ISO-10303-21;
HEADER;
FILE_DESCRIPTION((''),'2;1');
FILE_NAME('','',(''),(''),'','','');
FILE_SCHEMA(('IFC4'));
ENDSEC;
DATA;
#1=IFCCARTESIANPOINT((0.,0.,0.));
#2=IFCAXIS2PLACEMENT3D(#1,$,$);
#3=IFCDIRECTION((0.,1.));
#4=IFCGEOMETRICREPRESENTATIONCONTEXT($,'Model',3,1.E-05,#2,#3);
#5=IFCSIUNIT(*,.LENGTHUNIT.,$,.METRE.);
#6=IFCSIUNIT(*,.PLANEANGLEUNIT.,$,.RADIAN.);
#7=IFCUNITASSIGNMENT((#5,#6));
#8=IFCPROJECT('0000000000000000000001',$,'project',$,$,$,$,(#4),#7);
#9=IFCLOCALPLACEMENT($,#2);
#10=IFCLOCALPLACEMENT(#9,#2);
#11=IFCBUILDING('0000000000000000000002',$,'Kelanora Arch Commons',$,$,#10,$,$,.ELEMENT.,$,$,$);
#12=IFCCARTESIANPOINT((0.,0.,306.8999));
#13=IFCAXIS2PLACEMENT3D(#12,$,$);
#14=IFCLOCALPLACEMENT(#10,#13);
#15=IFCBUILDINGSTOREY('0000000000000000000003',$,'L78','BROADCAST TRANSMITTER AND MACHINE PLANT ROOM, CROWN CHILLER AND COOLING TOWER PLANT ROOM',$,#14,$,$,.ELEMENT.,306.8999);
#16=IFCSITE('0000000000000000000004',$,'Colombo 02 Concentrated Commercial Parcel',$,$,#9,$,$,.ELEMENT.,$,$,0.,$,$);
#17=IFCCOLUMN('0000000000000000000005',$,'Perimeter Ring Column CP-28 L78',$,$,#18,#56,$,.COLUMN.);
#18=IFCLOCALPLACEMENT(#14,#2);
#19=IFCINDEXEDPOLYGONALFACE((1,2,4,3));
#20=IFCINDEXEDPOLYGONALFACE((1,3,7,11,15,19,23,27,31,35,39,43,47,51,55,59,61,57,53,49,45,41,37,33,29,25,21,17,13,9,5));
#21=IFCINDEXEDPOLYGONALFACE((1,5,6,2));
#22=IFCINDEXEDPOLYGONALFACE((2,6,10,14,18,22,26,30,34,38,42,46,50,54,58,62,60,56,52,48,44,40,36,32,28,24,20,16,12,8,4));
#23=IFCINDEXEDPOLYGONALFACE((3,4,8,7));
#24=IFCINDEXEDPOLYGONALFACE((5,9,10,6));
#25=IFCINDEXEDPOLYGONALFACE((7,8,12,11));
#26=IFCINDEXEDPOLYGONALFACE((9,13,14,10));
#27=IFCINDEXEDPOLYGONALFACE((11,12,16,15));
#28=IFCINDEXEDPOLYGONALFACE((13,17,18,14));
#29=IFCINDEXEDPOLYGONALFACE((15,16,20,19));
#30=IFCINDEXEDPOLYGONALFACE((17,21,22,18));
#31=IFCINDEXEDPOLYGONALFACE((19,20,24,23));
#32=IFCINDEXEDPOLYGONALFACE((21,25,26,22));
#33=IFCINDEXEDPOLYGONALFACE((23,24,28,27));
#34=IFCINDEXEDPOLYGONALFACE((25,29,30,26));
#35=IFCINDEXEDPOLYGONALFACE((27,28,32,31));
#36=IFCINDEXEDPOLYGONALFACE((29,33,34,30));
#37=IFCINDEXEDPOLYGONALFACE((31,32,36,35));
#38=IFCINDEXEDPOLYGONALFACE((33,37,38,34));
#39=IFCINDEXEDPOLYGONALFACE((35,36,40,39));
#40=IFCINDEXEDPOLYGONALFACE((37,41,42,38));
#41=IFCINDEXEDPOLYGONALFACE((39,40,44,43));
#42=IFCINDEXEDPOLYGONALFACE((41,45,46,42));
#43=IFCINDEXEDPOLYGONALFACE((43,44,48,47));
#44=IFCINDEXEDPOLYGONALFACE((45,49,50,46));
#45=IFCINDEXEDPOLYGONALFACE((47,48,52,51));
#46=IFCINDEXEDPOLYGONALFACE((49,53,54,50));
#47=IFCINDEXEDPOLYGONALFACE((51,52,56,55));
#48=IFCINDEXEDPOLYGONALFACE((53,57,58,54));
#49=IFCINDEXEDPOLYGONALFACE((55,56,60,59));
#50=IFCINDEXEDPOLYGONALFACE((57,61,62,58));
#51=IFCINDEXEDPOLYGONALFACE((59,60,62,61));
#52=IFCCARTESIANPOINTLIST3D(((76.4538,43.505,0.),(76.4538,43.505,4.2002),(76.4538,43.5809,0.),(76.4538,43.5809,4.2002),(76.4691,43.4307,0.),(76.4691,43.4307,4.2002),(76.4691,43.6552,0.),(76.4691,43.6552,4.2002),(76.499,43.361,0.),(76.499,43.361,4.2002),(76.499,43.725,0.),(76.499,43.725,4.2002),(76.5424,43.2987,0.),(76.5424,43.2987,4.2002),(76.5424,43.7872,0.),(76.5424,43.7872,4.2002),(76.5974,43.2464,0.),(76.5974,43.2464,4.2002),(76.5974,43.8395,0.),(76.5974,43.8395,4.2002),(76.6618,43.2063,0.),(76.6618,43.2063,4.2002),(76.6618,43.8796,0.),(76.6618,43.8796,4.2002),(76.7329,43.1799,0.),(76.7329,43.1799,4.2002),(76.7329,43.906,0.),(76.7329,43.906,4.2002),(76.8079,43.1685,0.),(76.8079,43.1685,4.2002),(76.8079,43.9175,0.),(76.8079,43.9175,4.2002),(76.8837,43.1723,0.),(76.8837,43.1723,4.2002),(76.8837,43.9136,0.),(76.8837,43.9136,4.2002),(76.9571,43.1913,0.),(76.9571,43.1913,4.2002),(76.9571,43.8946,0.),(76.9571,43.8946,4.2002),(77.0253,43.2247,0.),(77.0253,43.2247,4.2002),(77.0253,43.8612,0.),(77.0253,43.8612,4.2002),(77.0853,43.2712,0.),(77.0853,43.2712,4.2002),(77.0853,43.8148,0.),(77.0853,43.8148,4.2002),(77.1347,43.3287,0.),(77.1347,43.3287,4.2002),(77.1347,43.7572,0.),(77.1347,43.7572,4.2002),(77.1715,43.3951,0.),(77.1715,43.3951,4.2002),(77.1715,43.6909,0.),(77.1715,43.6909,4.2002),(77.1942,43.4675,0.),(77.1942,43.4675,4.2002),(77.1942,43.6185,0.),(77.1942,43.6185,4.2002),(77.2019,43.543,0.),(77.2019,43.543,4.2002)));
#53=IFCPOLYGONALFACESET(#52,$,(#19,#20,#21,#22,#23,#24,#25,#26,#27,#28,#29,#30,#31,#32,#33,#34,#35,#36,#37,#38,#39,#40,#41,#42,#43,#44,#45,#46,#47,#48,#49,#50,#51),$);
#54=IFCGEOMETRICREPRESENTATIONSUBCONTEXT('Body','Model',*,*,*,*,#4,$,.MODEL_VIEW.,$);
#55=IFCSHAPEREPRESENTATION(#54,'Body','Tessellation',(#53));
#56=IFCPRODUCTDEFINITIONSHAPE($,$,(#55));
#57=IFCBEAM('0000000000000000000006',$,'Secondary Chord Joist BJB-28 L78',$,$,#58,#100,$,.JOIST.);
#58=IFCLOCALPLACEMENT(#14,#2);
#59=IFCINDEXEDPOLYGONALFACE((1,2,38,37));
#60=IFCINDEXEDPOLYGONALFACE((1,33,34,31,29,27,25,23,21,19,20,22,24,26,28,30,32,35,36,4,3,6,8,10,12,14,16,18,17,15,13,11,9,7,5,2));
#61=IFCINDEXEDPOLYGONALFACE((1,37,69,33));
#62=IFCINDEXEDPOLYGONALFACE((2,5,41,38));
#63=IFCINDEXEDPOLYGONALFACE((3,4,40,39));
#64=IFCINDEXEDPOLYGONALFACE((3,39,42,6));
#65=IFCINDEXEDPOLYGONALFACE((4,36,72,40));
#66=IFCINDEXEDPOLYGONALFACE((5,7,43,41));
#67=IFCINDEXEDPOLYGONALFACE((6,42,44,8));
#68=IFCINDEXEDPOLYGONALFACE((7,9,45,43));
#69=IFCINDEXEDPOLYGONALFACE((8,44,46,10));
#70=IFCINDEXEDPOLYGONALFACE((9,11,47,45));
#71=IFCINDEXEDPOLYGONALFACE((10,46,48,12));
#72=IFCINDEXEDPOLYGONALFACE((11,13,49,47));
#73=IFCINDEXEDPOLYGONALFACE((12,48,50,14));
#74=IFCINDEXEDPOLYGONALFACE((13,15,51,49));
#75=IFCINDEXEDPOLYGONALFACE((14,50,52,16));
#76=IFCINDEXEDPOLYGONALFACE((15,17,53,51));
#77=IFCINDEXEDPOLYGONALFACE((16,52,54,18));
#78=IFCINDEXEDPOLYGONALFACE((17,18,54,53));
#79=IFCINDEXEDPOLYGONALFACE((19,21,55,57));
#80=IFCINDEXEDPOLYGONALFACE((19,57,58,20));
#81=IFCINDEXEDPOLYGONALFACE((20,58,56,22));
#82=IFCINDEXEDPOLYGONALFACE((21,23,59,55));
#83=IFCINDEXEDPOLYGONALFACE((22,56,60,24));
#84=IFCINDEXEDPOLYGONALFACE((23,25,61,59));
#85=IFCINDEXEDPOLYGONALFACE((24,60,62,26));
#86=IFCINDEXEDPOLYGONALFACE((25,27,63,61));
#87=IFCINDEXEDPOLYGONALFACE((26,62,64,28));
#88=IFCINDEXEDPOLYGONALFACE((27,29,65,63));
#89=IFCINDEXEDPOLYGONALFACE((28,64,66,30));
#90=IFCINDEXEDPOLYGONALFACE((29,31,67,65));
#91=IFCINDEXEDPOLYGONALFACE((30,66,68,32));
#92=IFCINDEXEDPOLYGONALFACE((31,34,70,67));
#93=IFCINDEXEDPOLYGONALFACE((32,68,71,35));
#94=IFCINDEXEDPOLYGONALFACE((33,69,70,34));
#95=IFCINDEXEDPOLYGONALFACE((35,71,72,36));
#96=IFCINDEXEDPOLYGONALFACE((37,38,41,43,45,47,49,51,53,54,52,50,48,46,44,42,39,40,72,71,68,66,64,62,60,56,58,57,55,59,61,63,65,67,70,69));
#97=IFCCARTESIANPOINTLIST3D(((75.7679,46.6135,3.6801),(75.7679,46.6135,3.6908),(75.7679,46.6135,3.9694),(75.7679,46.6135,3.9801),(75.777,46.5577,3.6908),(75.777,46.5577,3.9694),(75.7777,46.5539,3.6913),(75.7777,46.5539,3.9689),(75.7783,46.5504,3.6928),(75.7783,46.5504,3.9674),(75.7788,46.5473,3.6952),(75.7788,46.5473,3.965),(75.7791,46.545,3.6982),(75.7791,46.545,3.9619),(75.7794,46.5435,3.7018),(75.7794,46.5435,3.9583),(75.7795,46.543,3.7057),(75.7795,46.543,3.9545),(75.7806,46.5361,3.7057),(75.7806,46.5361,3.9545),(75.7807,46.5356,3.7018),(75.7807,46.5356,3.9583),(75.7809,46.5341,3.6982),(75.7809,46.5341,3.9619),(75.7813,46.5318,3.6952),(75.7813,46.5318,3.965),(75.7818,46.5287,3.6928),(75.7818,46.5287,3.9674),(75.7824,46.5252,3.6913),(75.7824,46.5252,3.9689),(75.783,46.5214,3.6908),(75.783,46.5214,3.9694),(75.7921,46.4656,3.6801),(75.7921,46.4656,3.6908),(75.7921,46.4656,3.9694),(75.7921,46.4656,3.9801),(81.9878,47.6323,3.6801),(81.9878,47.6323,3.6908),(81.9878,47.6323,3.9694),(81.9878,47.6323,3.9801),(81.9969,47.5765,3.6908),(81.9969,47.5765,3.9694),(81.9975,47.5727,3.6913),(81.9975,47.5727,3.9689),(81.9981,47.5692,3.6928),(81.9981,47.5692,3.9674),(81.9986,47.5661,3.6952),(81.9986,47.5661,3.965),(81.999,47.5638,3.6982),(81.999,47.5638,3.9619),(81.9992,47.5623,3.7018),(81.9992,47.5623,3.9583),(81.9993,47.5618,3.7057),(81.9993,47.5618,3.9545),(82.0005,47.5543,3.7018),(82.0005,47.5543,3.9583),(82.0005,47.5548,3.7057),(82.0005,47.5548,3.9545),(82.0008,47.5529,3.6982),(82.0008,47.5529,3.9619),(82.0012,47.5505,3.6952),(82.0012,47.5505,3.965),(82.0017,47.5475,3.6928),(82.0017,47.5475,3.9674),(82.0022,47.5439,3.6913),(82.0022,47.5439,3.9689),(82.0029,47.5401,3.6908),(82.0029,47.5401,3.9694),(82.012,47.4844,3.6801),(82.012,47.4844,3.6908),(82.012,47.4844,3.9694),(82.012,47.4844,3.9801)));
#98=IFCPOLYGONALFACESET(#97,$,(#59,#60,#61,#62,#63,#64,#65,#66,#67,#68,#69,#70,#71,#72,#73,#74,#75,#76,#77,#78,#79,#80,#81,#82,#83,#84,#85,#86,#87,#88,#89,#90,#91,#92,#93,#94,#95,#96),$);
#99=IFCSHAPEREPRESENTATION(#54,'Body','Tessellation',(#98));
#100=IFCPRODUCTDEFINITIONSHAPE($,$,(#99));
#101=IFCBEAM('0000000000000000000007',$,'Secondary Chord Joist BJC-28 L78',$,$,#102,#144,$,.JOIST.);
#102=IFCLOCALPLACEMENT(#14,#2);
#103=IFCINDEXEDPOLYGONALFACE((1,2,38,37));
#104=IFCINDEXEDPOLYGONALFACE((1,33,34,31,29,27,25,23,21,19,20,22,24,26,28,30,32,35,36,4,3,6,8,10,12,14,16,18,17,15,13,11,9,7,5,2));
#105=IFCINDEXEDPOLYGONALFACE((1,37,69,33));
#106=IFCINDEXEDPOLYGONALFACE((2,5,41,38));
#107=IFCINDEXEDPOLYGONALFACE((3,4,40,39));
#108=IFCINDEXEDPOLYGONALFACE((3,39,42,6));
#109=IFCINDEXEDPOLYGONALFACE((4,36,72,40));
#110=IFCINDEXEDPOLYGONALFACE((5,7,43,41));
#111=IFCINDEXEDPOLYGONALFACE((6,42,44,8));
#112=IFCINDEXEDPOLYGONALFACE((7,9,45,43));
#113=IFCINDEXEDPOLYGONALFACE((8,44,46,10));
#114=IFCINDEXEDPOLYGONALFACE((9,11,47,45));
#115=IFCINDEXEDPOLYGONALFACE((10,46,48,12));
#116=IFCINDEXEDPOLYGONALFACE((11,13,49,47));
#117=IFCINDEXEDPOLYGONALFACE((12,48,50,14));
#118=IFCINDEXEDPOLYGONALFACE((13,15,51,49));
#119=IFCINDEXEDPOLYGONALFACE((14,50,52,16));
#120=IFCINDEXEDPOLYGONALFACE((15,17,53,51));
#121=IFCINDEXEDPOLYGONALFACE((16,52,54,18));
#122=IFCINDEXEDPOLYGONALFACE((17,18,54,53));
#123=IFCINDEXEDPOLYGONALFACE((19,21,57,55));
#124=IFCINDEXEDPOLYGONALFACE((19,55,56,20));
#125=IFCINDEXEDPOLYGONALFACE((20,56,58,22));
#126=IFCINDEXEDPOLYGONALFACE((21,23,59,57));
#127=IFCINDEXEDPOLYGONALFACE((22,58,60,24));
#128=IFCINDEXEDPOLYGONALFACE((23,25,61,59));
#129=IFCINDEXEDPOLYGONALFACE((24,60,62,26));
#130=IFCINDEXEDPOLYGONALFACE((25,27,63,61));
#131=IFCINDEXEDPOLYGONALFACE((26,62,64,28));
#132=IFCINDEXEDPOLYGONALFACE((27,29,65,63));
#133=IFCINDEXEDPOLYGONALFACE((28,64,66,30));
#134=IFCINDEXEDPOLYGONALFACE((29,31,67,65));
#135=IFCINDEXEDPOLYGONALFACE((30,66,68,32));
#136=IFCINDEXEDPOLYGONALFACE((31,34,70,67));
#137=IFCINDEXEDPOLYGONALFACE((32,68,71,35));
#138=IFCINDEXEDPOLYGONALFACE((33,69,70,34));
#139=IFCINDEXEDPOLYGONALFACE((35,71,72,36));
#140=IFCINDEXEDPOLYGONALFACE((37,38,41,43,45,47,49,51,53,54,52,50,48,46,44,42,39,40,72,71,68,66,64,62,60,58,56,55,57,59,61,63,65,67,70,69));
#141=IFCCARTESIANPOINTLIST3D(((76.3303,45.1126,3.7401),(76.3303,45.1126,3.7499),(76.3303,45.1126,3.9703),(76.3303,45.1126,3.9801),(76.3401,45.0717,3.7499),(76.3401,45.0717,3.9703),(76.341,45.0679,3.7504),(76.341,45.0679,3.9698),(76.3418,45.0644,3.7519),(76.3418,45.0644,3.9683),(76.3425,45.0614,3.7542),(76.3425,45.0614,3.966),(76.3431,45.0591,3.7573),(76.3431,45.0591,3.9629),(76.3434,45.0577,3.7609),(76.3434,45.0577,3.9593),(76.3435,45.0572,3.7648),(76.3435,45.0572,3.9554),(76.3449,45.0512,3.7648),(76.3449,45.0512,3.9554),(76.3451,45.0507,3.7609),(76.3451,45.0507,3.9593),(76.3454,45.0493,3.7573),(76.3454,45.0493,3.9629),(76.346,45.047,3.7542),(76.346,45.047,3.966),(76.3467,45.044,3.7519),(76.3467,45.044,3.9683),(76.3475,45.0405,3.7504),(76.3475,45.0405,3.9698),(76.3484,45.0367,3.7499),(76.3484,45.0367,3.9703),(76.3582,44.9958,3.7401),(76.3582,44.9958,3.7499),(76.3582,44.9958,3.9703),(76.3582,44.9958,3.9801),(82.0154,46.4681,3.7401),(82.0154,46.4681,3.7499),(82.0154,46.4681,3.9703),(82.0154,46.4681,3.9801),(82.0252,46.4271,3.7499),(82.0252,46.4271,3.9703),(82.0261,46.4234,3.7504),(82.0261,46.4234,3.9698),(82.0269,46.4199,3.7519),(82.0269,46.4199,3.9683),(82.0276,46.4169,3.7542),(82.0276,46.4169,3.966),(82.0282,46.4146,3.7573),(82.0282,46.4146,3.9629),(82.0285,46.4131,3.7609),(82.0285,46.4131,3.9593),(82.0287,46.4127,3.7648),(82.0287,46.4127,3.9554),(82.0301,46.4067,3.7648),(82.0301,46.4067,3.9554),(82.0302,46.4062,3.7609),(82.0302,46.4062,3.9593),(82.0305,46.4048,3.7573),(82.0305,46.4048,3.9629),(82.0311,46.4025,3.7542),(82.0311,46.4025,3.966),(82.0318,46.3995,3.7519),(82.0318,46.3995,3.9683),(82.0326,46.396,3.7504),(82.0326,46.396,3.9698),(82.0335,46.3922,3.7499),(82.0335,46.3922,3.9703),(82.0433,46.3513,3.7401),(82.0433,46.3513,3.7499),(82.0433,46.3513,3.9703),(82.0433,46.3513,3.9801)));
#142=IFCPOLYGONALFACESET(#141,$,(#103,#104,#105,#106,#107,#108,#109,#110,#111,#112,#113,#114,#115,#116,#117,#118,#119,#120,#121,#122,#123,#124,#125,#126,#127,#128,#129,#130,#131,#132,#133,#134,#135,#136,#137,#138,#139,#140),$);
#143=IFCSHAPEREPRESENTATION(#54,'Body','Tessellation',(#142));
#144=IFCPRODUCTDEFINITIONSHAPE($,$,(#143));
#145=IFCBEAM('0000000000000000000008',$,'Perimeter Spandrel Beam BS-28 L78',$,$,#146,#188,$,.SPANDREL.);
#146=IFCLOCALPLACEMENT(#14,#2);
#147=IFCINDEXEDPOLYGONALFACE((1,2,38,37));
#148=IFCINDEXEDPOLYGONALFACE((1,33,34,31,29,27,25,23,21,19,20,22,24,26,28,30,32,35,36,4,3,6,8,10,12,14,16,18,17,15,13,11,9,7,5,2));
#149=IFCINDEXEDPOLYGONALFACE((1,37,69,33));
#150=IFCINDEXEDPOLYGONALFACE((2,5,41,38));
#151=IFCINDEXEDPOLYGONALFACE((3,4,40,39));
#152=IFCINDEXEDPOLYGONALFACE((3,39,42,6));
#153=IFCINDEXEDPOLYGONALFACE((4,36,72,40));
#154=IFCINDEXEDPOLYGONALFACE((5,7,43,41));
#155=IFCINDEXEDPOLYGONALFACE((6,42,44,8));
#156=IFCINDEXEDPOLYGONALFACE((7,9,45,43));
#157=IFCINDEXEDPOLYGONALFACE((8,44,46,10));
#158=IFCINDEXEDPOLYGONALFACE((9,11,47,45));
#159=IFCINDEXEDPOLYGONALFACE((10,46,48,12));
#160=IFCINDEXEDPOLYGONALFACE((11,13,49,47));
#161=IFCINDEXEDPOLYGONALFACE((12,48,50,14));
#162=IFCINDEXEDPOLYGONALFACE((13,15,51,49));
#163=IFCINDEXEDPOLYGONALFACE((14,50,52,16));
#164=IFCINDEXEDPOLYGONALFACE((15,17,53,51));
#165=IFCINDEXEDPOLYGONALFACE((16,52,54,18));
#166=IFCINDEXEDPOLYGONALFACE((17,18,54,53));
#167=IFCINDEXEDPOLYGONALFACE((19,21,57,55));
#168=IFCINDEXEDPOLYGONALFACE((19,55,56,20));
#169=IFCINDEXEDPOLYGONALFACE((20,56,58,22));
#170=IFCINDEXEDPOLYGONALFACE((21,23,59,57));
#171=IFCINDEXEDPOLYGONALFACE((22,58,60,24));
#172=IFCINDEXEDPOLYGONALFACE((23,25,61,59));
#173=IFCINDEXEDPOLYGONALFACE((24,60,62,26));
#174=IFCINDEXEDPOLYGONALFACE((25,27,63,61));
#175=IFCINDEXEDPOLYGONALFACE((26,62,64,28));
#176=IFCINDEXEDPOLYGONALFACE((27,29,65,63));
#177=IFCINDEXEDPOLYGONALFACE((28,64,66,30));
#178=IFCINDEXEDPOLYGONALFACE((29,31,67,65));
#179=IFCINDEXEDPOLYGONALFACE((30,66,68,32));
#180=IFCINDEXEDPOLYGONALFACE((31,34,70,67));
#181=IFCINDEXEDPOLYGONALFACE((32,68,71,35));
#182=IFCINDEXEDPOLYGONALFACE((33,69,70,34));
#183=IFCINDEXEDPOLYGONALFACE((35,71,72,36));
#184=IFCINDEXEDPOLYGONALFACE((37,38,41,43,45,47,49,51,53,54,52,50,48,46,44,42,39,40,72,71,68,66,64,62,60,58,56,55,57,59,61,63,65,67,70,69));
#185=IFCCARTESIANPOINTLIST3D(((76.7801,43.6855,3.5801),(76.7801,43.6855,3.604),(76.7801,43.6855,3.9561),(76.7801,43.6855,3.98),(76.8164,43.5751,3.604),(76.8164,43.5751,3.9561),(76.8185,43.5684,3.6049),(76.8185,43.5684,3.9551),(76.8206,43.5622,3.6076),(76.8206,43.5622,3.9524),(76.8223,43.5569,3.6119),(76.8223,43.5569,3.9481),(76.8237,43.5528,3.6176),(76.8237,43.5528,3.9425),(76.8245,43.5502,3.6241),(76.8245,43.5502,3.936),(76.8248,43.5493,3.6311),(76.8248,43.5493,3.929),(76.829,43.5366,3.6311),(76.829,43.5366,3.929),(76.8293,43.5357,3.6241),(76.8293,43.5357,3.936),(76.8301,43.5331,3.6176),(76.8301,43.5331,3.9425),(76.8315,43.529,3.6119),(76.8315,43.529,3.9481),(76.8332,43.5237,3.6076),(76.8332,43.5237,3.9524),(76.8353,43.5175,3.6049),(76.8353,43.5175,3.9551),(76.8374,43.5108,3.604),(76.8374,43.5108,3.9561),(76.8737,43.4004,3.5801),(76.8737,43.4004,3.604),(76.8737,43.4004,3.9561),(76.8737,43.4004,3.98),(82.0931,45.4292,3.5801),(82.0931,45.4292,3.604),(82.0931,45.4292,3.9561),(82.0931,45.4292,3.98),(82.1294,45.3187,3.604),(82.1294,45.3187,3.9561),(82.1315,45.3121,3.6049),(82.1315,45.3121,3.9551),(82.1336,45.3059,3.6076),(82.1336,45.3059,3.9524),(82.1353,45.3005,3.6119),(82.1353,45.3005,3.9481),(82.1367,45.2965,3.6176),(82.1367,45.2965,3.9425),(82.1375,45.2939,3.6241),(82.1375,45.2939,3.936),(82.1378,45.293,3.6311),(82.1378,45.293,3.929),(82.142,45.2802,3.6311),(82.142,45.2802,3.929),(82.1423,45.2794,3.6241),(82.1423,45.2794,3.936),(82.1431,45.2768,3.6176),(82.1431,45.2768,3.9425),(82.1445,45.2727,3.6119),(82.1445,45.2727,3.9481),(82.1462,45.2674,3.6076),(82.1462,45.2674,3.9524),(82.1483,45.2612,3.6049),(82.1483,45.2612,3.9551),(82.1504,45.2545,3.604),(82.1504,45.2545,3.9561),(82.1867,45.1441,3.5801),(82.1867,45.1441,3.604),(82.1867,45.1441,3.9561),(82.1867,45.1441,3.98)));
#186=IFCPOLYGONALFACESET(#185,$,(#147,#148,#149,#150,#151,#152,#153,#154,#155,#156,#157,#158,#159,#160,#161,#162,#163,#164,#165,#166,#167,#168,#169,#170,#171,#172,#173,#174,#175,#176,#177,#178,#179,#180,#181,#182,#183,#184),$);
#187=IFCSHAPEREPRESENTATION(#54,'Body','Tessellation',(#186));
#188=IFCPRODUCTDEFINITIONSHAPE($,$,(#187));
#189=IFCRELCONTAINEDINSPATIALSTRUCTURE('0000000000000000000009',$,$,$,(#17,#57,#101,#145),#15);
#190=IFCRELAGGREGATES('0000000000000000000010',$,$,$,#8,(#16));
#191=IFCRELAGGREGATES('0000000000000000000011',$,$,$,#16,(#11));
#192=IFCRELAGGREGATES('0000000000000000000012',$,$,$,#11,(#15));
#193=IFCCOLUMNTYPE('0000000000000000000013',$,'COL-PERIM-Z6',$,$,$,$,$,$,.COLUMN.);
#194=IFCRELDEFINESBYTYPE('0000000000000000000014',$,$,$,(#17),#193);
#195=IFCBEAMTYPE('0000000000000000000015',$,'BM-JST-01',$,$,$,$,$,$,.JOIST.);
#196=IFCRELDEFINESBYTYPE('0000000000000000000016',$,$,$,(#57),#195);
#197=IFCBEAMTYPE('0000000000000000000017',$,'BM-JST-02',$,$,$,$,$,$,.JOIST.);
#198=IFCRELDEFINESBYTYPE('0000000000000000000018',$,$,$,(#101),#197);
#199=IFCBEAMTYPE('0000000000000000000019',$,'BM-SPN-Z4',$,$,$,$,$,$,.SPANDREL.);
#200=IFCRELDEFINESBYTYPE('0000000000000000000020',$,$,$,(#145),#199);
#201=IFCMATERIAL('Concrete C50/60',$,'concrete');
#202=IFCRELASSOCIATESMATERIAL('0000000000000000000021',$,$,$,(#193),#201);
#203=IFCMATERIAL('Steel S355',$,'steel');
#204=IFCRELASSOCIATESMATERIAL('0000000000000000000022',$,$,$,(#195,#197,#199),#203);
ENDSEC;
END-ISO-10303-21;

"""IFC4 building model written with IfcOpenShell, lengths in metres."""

from ifc_helpers import new_model, si_unit, direction, frame, origin, origin_2d, place, context, subcontext, project, spatial, circle, i_section, extrude, material, material_profile, profile_set, type_object, element, save


model = new_model("IFC4")

# Units and contexts
model_context = context("Model", 3, precision=1e-05, world=origin(), true_north=direction((0.0, 1.0)))
body_context = subcontext(model_context, "Body", "Model", "MODEL_VIEW")
ifc_project = project(units=[si_unit("LENGTHUNIT", "METRE"), si_unit("PLANEANGLEUNIT", "RADIAN")], contexts=[model_context])

# Site, building, storey
site_placement = place(None, origin())
site = spatial("IfcSite", under=ifc_project, at=site_placement, Name="Colombo 02 Concentrated Commercial Parcel", CompositionType="ELEMENT", RefElevation=0.0)
building_placement = place(site_placement, origin())
building = spatial("IfcBuilding", under=site, at=building_placement, Name="Kelanora Arch Commons", CompositionType="ELEMENT")
storey_placement = place(building_placement, frame((0.0, 0.0, 306.8999)))
storey = spatial("IfcBuildingStorey", under=building, at=storey_placement, Name="L78", Description="BROADCAST TRANSMITTER AND MACHINE PLANT ROOM, CROWN CHILLER AND COOLING TOWER PLANT ROOM", CompositionType="ELEMENT", Elevation=306.8999)

# Column
ifc_material_1 = material(Name="Concrete C50/60", Category="concrete")
ifc_material_profile_1 = material_profile(ifc_material_1, circle(Radius=0.375, at=origin_2d()), Name="RCC750")
ifc_profile_set_1 = profile_set([ifc_material_profile_1], Name="Concrete C50/60")
column_type = type_object("IfcColumnType", Name="COL-PERIM-Z6", PredefinedType="COLUMN", material=ifc_profile_set_1)
column_placement = place(storey_placement, frame((76.8269, 43.543, 0.0), z_axis=(0.0, 0.0, 1.0), x_axis=(1.0, 0.0, 0.0)))
element("IfcColumn", 1, at=column_placement, inside=storey, type_object=column_type, Name="Perimeter Ring Column CP-28 L78", PredefinedType="COLUMN", context=body_context, shape_type="SweptSolid", body=[
    extrude(circle(Radius=0.375, at=origin_2d()), origin(), (0.0, 0.0, 1.0), 4.2002),
])

# Beams
ifc_material_2 = material(Name="Steel S355", Category="steel")
ifc_material_profile_2 = material_profile(ifc_material_2, i_section(OverallWidth=0.1499, OverallDepth=0.3, WebThickness=0.0071, FlangeThickness=0.0107, FilletRadius=0.0149, at=origin_2d()), Name="IPE300")
ifc_profile_set_2 = profile_set([ifc_material_profile_2], Name="Steel S355")
beam_type_1 = type_object("IfcBeamType", Name="BM-JST-01", PredefinedType="JOIST", material=ifc_profile_set_2)
beam_1_placement = place(storey_placement, frame((75.78, 46.5396, 3.8301), z_axis=(0.98685, 0.161641, 0.0), x_axis=(-0.161641, 0.98685, 0.0)))
element("IfcBeam", 2, at=beam_1_placement, inside=storey, type_object=beam_type_1, Name="Secondary Chord Joist BJB-28 L78", PredefinedType="JOIST", context=body_context, shape_type="SweptSolid", body=[
    extrude(i_section(OverallWidth=0.1499, OverallDepth=0.3, WebThickness=0.0071, FlangeThickness=0.0107, FilletRadius=0.0149, at=origin_2d()), origin(), (0.0, 0.0, 1.0), 6.3027),
])
ifc_material_profile_3 = material_profile(ifc_material_2, i_section(OverallWidth=0.1201, OverallDepth=0.24, WebThickness=0.0061, FlangeThickness=0.0098, FilletRadius=0.0149, at=origin_2d()), Name="IPE240")
ifc_profile_set_3 = profile_set([ifc_material_profile_3], Name="Steel S355")
beam_type_2 = type_object("IfcBeamType", Name="BM-JST-02", PredefinedType="JOIST", material=ifc_profile_set_3)
beam_2_placement = place(storey_placement, frame((76.3442, 45.0542, 3.8601), z_axis=(0.972734, 0.231925, 0.0), x_axis=(-0.231925, 0.972734, 0.0)))
element("IfcBeam", 3, at=beam_2_placement, inside=storey, type_object=beam_type_2, Name="Secondary Chord Joist BJC-28 L78", PredefinedType="JOIST", context=body_context, shape_type="SweptSolid", body=[
    extrude(i_section(OverallWidth=0.1201, OverallDepth=0.24, WebThickness=0.0061, FlangeThickness=0.0098, FilletRadius=0.0149, at=origin_2d()), origin(), (0.0, 0.0, 1.0), 5.8445),
])
ifc_material_profile_4 = material_profile(ifc_material_2, i_section(OverallWidth=0.3, OverallDepth=0.3999, WebThickness=0.0134, FlangeThickness=0.0239, FilletRadius=0.0271, at=origin_2d()), Name="HEB400")
ifc_profile_set_4 = profile_set([ifc_material_profile_4], Name="Steel S355")
beam_type_3 = type_object("IfcBeamType", Name="BM-SPN-Z4", PredefinedType="SPANDREL", material=ifc_profile_set_4)
beam_3_placement = place(storey_placement, frame((76.8269, 43.543, 3.78), z_axis=(0.95014, 0.311823, 0.0), x_axis=(-0.311823, 0.95014, 0.0)))
element("IfcBeam", 4, at=beam_3_placement, inside=storey, type_object=beam_type_3, Name="Perimeter Spandrel Beam BS-28 L78", PredefinedType="SPANDREL", context=body_context, shape_type="SweptSolid", body=[
    extrude(i_section(OverallWidth=0.3, OverallDepth=0.3999, WebThickness=0.0134, FlangeThickness=0.0239, FilletRadius=0.0271, at=origin_2d()), origin(), (0.0, 0.0, 1.0), 5.5918),
])

save(model, "model.ifc")
